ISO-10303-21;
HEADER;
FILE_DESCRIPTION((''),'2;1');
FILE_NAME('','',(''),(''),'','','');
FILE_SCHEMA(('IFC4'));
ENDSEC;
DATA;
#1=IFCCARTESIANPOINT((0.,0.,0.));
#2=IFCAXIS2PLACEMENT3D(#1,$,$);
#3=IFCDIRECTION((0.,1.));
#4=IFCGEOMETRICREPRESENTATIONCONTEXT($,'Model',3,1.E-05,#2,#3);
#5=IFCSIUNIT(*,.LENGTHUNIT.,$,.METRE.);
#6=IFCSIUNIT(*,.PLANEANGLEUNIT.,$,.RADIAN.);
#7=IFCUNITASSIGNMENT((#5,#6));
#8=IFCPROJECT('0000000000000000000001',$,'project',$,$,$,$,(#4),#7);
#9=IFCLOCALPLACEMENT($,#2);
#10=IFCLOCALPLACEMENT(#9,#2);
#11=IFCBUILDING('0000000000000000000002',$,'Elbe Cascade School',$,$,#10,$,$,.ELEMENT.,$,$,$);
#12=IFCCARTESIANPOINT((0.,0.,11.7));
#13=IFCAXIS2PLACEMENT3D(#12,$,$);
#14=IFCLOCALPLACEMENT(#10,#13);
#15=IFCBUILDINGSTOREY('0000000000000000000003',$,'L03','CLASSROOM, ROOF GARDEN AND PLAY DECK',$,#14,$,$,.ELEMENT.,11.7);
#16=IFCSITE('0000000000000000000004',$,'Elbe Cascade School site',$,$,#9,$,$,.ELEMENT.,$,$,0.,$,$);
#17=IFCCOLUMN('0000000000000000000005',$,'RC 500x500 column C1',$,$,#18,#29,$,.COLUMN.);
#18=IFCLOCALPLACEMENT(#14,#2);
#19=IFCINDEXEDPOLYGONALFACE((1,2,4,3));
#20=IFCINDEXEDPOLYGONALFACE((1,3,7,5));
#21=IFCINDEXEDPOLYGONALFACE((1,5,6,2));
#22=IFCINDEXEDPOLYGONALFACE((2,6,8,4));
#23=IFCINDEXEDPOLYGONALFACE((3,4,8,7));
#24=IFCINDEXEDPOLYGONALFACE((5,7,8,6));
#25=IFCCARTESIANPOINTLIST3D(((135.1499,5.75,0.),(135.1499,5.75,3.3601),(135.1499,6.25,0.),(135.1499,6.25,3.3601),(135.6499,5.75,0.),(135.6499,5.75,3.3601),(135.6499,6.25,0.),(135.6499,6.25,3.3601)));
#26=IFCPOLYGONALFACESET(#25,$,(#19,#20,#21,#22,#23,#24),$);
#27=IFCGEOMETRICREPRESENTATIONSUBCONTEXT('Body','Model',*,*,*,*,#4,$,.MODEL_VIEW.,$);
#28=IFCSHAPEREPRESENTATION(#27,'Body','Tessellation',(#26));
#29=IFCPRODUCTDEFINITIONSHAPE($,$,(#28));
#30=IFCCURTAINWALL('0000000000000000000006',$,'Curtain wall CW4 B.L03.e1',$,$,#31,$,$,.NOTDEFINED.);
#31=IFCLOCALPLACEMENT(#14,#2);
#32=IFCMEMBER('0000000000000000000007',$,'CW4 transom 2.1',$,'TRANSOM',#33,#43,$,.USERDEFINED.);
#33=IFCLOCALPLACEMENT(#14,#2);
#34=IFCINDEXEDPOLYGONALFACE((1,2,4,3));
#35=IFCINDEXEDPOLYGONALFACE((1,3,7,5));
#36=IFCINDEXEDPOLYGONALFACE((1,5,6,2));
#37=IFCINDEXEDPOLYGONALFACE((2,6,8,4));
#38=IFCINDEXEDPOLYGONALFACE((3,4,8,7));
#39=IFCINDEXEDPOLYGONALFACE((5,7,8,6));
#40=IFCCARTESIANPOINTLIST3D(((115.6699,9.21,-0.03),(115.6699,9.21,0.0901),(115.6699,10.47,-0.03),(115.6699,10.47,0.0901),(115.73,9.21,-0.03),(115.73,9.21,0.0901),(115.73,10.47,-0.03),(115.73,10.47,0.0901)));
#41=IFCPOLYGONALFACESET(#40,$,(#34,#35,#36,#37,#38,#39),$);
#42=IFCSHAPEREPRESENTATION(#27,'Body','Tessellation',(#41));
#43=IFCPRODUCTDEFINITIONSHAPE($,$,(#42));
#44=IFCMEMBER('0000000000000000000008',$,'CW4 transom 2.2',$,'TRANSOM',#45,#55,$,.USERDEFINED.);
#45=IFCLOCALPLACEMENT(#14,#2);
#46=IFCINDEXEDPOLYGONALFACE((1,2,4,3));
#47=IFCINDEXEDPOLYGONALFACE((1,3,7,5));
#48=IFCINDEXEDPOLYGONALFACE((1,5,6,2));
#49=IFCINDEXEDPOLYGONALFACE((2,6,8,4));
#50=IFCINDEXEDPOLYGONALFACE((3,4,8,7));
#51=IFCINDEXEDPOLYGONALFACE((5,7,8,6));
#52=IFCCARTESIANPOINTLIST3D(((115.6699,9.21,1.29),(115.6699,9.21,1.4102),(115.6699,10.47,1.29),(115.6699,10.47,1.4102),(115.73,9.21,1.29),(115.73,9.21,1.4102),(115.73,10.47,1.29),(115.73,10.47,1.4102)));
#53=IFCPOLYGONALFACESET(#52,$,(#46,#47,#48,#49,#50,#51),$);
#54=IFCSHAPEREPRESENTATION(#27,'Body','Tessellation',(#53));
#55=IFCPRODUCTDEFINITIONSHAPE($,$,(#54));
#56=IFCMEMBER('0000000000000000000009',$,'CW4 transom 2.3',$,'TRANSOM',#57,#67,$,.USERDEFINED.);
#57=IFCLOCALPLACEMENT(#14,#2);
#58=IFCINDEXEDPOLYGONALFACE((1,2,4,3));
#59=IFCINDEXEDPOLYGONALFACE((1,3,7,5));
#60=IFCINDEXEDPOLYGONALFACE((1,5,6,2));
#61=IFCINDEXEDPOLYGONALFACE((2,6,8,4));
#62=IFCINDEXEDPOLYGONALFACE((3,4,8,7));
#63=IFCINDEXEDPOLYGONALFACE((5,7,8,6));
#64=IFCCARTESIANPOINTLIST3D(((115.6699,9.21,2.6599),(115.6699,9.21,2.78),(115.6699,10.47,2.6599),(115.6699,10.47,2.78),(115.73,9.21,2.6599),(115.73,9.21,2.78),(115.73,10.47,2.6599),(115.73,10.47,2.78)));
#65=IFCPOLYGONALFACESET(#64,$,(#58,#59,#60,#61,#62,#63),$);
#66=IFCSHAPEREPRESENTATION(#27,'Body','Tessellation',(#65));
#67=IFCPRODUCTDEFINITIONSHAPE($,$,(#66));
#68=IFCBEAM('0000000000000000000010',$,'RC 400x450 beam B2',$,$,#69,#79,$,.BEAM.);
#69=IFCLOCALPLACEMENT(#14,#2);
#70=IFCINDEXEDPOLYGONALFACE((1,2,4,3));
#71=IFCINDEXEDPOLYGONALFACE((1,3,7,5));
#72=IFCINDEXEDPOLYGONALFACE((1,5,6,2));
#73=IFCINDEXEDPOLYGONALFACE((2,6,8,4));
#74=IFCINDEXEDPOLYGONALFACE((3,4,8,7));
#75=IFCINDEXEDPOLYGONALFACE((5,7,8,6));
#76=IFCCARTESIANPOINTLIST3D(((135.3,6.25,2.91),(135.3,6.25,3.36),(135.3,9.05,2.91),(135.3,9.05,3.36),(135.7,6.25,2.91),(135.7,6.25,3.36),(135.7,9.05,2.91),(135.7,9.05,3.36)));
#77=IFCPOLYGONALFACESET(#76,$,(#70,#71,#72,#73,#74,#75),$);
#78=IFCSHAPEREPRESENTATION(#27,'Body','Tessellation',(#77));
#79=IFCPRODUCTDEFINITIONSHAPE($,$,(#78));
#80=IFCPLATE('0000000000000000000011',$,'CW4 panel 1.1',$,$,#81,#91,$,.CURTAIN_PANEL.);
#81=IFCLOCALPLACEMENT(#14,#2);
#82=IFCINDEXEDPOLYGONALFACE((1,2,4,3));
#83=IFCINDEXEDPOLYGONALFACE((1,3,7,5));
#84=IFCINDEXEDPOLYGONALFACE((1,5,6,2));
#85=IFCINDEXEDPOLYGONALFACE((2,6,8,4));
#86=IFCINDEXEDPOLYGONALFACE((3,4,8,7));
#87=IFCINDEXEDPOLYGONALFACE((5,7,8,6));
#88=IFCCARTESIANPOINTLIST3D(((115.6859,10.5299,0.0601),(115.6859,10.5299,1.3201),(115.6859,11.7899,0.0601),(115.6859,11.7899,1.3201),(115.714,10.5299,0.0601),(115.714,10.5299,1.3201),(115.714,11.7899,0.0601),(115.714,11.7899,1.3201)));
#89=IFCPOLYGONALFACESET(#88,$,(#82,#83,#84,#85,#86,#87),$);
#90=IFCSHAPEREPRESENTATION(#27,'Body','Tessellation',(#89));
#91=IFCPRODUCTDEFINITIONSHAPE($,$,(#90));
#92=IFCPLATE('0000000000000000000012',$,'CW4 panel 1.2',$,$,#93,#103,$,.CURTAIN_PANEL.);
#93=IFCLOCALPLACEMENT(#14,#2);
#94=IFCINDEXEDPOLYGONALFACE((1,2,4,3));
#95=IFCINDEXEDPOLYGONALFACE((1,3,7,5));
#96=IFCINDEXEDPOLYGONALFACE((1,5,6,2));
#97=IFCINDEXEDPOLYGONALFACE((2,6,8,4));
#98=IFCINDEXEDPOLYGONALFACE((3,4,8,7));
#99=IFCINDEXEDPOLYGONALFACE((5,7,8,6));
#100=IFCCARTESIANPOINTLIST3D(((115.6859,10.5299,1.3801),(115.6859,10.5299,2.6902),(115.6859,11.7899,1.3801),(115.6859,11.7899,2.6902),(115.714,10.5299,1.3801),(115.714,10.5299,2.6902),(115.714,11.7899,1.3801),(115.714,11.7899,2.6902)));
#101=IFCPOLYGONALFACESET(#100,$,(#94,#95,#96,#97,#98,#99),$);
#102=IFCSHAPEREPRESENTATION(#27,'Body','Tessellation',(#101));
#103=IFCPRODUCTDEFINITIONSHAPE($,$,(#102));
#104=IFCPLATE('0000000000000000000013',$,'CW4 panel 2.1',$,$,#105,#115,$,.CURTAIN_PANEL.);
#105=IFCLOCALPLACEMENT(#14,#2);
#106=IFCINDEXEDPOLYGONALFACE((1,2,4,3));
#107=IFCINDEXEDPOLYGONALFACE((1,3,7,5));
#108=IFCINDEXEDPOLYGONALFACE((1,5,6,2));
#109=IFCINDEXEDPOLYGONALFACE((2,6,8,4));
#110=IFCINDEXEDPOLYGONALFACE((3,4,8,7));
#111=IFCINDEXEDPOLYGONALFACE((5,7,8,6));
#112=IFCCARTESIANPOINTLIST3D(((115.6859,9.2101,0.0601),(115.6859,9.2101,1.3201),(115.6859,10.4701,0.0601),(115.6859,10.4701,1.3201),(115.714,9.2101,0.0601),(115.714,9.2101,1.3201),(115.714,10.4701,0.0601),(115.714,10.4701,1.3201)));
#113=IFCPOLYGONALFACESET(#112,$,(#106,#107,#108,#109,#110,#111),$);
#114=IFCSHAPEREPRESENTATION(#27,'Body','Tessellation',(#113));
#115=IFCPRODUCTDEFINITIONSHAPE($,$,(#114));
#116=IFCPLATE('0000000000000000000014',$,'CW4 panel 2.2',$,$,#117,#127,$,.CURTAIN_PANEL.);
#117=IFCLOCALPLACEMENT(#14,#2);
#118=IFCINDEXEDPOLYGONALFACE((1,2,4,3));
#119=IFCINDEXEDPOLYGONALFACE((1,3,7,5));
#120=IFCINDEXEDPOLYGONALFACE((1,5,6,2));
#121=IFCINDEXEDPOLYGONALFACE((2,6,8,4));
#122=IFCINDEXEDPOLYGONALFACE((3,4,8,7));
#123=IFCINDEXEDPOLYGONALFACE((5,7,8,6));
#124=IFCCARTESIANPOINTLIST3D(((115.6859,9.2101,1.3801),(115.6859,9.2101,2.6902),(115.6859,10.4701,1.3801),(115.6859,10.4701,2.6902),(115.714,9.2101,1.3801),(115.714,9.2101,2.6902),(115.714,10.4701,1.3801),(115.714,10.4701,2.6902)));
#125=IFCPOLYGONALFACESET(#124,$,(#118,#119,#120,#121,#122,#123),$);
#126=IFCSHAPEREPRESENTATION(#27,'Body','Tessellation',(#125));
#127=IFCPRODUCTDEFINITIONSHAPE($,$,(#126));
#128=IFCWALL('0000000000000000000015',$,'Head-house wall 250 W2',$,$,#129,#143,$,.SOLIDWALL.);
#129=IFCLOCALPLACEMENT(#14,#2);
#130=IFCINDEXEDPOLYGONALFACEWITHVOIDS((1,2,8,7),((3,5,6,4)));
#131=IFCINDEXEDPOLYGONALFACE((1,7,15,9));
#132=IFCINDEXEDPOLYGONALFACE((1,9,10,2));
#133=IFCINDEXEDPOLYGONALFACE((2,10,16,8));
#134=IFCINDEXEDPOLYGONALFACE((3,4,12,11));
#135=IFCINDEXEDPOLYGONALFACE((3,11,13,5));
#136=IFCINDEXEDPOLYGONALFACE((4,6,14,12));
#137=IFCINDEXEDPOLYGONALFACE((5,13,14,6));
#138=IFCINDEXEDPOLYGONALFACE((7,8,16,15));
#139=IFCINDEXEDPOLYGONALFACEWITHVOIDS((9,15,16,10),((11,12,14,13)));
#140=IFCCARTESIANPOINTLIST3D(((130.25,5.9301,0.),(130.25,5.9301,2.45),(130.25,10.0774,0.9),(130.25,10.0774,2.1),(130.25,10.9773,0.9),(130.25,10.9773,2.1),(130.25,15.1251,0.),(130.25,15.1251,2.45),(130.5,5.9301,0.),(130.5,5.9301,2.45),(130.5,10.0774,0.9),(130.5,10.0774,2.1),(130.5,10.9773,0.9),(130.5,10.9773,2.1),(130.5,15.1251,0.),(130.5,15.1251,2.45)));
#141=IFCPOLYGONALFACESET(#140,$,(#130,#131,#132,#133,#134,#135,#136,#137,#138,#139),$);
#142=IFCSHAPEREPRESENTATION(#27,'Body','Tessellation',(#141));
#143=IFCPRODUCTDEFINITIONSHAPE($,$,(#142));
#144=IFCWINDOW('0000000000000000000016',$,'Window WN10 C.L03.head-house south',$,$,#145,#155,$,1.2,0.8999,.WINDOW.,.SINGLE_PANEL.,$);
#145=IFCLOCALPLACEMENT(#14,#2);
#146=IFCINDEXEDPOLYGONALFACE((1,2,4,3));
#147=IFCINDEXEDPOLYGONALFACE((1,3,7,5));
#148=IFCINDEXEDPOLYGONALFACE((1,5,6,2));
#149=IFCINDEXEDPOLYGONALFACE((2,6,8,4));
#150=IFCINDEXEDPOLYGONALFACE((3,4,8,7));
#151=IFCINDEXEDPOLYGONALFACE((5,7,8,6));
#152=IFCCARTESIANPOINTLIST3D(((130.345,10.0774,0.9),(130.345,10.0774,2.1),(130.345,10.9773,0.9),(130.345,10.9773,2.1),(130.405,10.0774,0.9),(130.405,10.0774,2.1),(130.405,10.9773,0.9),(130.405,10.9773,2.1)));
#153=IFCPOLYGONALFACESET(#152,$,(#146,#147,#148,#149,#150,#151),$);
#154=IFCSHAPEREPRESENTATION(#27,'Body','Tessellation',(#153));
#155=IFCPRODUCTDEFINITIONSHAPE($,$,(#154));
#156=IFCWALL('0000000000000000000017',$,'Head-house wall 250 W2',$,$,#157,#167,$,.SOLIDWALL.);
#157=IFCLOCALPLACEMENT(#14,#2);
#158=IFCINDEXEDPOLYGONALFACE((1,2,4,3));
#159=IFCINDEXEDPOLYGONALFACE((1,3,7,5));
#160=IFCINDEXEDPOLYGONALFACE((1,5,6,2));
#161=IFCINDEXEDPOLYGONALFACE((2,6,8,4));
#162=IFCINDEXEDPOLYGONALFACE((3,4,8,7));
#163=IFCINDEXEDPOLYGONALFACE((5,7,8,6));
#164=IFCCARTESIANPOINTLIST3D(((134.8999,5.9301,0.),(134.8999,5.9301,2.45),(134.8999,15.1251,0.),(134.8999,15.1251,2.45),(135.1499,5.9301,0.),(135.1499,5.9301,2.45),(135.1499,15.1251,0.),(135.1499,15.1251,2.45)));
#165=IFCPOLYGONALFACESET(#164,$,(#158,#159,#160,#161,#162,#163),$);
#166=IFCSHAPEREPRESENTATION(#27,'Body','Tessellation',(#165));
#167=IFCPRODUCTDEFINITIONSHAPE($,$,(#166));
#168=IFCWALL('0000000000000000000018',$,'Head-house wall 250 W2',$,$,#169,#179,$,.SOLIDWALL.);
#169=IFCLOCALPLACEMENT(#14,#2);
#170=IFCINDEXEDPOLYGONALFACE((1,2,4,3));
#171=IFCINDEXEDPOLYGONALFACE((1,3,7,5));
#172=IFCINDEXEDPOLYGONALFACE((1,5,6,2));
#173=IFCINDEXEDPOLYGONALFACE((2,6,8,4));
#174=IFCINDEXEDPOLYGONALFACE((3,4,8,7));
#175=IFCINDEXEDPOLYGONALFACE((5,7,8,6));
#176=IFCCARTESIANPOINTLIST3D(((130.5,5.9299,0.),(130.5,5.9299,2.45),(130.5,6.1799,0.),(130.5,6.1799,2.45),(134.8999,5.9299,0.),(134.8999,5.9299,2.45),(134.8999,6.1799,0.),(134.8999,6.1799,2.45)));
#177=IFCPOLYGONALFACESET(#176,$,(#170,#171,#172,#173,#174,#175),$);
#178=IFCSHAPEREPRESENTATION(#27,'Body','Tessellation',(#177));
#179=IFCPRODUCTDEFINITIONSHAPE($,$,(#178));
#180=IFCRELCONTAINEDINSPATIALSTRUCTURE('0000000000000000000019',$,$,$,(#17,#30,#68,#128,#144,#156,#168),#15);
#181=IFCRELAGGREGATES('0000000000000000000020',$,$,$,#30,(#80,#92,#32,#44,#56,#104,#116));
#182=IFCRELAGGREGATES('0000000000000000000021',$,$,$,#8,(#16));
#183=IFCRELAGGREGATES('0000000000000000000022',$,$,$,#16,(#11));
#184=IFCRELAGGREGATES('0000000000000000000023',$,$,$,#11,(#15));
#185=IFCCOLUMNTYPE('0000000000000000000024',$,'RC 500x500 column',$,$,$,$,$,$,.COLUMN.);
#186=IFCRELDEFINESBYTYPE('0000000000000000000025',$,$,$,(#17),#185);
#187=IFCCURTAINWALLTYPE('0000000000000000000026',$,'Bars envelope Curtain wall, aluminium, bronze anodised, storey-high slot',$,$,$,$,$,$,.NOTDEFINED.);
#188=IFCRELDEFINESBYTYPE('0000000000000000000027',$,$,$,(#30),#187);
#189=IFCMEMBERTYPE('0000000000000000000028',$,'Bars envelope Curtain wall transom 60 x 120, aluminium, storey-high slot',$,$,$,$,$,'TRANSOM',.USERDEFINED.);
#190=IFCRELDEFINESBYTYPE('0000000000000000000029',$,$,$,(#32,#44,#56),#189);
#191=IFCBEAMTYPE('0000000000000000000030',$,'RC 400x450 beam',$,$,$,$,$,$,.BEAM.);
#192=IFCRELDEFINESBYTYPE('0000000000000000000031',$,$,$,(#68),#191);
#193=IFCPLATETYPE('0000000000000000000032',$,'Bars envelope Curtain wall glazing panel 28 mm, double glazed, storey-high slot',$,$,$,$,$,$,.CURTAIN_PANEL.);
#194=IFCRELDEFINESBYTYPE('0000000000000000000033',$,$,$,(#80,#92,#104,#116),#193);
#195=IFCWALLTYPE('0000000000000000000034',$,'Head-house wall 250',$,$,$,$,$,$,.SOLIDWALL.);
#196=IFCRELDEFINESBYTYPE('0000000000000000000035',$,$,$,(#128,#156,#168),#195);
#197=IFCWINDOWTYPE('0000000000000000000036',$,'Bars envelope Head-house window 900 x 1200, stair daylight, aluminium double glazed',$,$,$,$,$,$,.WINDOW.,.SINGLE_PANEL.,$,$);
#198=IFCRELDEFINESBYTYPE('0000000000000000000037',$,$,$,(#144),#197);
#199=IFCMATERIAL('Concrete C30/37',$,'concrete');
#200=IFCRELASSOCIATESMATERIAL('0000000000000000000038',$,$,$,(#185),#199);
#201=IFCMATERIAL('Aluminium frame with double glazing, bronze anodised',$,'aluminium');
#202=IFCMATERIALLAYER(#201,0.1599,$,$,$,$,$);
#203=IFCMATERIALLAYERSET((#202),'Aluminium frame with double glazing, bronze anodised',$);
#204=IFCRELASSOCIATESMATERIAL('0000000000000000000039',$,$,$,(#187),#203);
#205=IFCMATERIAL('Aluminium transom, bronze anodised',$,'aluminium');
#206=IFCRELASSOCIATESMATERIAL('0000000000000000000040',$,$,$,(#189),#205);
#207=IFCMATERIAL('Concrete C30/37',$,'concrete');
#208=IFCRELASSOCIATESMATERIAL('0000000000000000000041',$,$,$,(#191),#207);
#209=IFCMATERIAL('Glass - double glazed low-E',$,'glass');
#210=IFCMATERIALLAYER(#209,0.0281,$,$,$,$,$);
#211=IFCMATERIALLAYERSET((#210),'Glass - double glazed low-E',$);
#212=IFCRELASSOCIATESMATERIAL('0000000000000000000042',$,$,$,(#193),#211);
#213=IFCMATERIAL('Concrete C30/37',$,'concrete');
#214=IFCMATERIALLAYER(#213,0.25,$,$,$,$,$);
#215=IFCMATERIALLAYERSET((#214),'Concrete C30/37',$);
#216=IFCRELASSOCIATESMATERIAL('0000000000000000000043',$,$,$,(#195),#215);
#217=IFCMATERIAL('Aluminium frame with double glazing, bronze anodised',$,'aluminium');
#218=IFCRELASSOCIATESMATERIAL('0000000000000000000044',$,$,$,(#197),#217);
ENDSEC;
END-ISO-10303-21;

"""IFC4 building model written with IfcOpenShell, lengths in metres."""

from ifc_helpers import new_model, si_unit, direction, frame, frame_2d, origin, origin_2d, place, context, subcontext, project, spatial, rectangle, extrude, material, layer, layer_set, material_profile, profile_set, type_object, element, fill, aggregate, save


model = new_model("IFC4")

# Units and contexts
model_context = context("Model", 3, precision=1e-05, world=origin(), true_north=direction((0.0, 1.0)))
body_context = subcontext(model_context, "Body", "Model", "MODEL_VIEW")
ifc_project = project(units=[si_unit("LENGTHUNIT", "METRE"), si_unit("PLANEANGLEUNIT", "RADIAN")], contexts=[model_context])

# Site, building, storey
site_placement = place(None, origin())
site = spatial("IfcSite", under=ifc_project, at=site_placement, Name="Elbe Cascade School site", CompositionType="ELEMENT", RefElevation=0.0)
building_placement = place(site_placement, origin())
building = spatial("IfcBuilding", under=site, at=building_placement, Name="Elbe Cascade School", CompositionType="ELEMENT")
storey_placement = place(building_placement, frame((0.0, 0.0, 11.7)))
storey = spatial("IfcBuildingStorey", under=building, at=storey_placement, Name="L03", Description="CLASSROOM, ROOF GARDEN AND PLAY DECK", CompositionType="ELEMENT", Elevation=11.7)

# Column
ifc_material_1 = material(Name="Concrete C30/37", Category="concrete")
ifc_material_profile_1 = material_profile(ifc_material_1, rectangle(XDim=0.5, YDim=0.5, at=origin_2d()), Name="RC 500x500")
ifc_profile_set_1 = profile_set([ifc_material_profile_1], Name="Concrete C30/37")
column_type = type_object("IfcColumnType", Name="RC 500x500 column", PredefinedType="COLUMN", material=ifc_profile_set_1)
column_placement = place(storey_placement, frame((135.3999, 6.0, 0.0), z_axis=(0.0, 0.0, 1.0), x_axis=(1.0, 0.0, 0.0)))
element("IfcColumn", 1, at=column_placement, inside=storey, type_object=column_type, Name="RC 500x500 column C1", PredefinedType="COLUMN", context=body_context, shape_type="SweptSolid", body=[
    extrude(rectangle(XDim=0.5, YDim=0.5, at=origin_2d()), origin(), (0.0, 0.0, 1.0), 3.3601),
])

# Curtain wall, members
ifc_material_2 = material(Name="Aluminium frame with double glazing, bronze anodised", Category="aluminium")
ifc_layer_1 = layer(ifc_material_2, 0.1599)
ifc_layer_set_1 = layer_set([ifc_layer_1], Name="Aluminium frame with double glazing, bronze anodised")
curtain_wall_type = type_object("IfcCurtainWallType", Name="Bars envelope Curtain wall, aluminium, bronze anodised, storey-high slot", PredefinedType="NOTDEFINED", material=ifc_layer_set_1)
curtain_wall_placement = place(storey_placement, origin())
curtain_wall = element("IfcCurtainWall", 2, at=curtain_wall_placement, inside=storey, type_object=curtain_wall_type, Name="Curtain wall CW4 B.L03.e1", PredefinedType="NOTDEFINED")
ifc_material_3 = material(Name="Aluminium transom, bronze anodised", Category="aluminium")
ifc_material_profile_2 = material_profile(ifc_material_3, rectangle(XDim=0.0601, YDim=0.1201, at=origin_2d()), Name="Bars envelope Curtain wall transom 60 x 120, aluminium, storey-high slot")
ifc_profile_set_2 = profile_set([ifc_material_profile_2], Name="Aluminium transom, bronze anodised")
member_type = type_object("IfcMemberType", Name="Bars envelope Curtain wall transom 60 x 120, aluminium, storey-high slot", ElementType="TRANSOM", PredefinedType="USERDEFINED", material=ifc_profile_set_2)
member_1_placement = place(storey_placement, frame((115.7, 10.47, 0.03), z_axis=(0.0, -1.0, 0.0), x_axis=(1.0, 0.0, 0.0)))
member_1 = element("IfcMember", 3, at=member_1_placement, type_object=member_type, Name="CW4 transom 2.1", ObjectType="TRANSOM", PredefinedType="USERDEFINED", context=body_context, shape_type="SweptSolid", body=[
    extrude(rectangle(XDim=0.0601, YDim=0.1201, at=origin_2d()), origin(), (0.0, 0.0, 1.0), 1.26),
])
member_2_placement = place(storey_placement, frame((115.7, 10.47, 1.3501), z_axis=(0.0, -1.0, 0.0), x_axis=(1.0, 0.0, 0.0)))
member_2 = element("IfcMember", 4, at=member_2_placement, type_object=member_type, Name="CW4 transom 2.2", ObjectType="TRANSOM", PredefinedType="USERDEFINED", context=body_context, shape_type="SweptSolid", body=[
    extrude(rectangle(XDim=0.0601, YDim=0.1201, at=origin_2d()), origin(), (0.0, 0.0, 1.0), 1.26),
])
member_3_placement = place(storey_placement, frame((115.7, 10.47, 2.72), z_axis=(0.0, -1.0, 0.0), x_axis=(1.0, 0.0, 0.0)))
member_3 = element("IfcMember", 5, at=member_3_placement, type_object=member_type, Name="CW4 transom 2.3", ObjectType="TRANSOM", PredefinedType="USERDEFINED", context=body_context, shape_type="SweptSolid", body=[
    extrude(rectangle(XDim=0.0601, YDim=0.1201, at=origin_2d()), origin(), (0.0, 0.0, 1.0), 1.26),
])

# Beam
ifc_material_4 = material(Name="Concrete C30/37", Category="concrete")
ifc_material_profile_3 = material_profile(ifc_material_4, rectangle(XDim=0.3999, YDim=0.45, at=origin_2d()), Name="RC 400x450")
ifc_profile_set_3 = profile_set([ifc_material_profile_3], Name="Concrete C30/37")
beam_type = type_object("IfcBeamType", Name="RC 400x450 beam", PredefinedType="BEAM", material=ifc_profile_set_3)
beam_placement = place(storey_placement, frame((135.5, 6.25, 3.135), z_axis=(0.0, 1.0, 0.0), x_axis=(-1.0, 0.0, 0.0)))
element("IfcBeam", 6, at=beam_placement, inside=storey, type_object=beam_type, Name="RC 400x450 beam B2", PredefinedType="BEAM", context=body_context, shape_type="SweptSolid", body=[
    extrude(rectangle(XDim=0.3999, YDim=0.45, at=origin_2d()), origin(), (0.0, 0.0, 1.0), 2.8),
])

# Plates
ifc_material_5 = material(Name="Glass - double glazed low-E", Category="glass")
ifc_layer_2 = layer(ifc_material_5, 0.0281)
ifc_layer_set_2 = layer_set([ifc_layer_2], Name="Glass - double glazed low-E")
plate_type = type_object("IfcPlateType", Name="Bars envelope Curtain wall glazing panel 28 mm, double glazed, storey-high slot", PredefinedType="CURTAIN_PANEL", material=ifc_layer_set_2)
plate_1_placement = place(storey_placement, frame((115.7, 11.1599, 0.0601), z_axis=(0.0, 0.0, 1.0), x_axis=(0.0, -1.0, 0.0)))
plate_1 = element("IfcPlate", 7, at=plate_1_placement, type_object=plate_type, Name="CW4 panel 1.1", PredefinedType="CURTAIN_PANEL", context=body_context, shape_type="SweptSolid", body=[
    extrude(rectangle(XDim=1.26, YDim=0.0281, at=origin_2d()), origin(), (0.0, 0.0, 1.0), 1.26),
])
plate_2_placement = place(storey_placement, frame((115.7, 11.1599, 1.3801), z_axis=(0.0, 0.0, 1.0), x_axis=(0.0, -1.0, 0.0)))
plate_2 = element("IfcPlate", 8, at=plate_2_placement, type_object=plate_type, Name="CW4 panel 1.2", PredefinedType="CURTAIN_PANEL", context=body_context, shape_type="SweptSolid", body=[
    extrude(rectangle(XDim=1.26, YDim=0.0281, at=origin_2d()), origin(), (0.0, 0.0, 1.0), 1.3101),
])
plate_3_placement = place(storey_placement, frame((115.7, 9.8401, 0.0601), z_axis=(0.0, 0.0, 1.0), x_axis=(0.0, -1.0, 0.0)))
plate_3 = element("IfcPlate", 9, at=plate_3_placement, type_object=plate_type, Name="CW4 panel 2.1", PredefinedType="CURTAIN_PANEL", context=body_context, shape_type="SweptSolid", body=[
    extrude(rectangle(XDim=1.26, YDim=0.0281, at=origin_2d()), origin(), (0.0, 0.0, 1.0), 1.26),
])
plate_4_placement = place(storey_placement, frame((115.7, 9.8401, 1.3801), z_axis=(0.0, 0.0, 1.0), x_axis=(0.0, -1.0, 0.0)))
plate_4 = element("IfcPlate", 10, at=plate_4_placement, type_object=plate_type, Name="CW4 panel 2.2", PredefinedType="CURTAIN_PANEL", context=body_context, shape_type="SweptSolid", body=[
    extrude(rectangle(XDim=1.26, YDim=0.0281, at=origin_2d()), origin(), (0.0, 0.0, 1.0), 1.3101),
])
aggregate(curtain_wall, [plate_1, plate_2, member_1, member_2, member_3, plate_3, plate_4])

# Wall, opening, window
ifc_material_6 = material(Name="Concrete C30/37", Category="concrete")
ifc_layer_3 = layer(ifc_material_6, 0.25)
ifc_layer_set_3 = layer_set([ifc_layer_3], Name="Concrete C30/37")
wall_type = type_object("IfcWallType", Name="Head-house wall 250", PredefinedType="SOLIDWALL", material=ifc_layer_set_3)
wall_1_placement = place(storey_placement, frame((130.375, 5.9299, 0.0), z_axis=(0.0, 0.0, 1.0), x_axis=(0.0, 1.0, 0.0)))
wall_1 = element("IfcWall", 11, at=wall_1_placement, inside=storey, type_object=wall_type, Name="Head-house wall 250 W2", PredefinedType="SOLIDWALL", context=body_context, shape_type="SweptSolid", body=[
    extrude(rectangle(XDim=9.1951, YDim=0.25, at=frame_2d((4.5977, 0.0))), origin(), (0.0, 0.0, 1.0), 2.45),
])
opening_placement = place(wall_1_placement, frame((4.1475, 0.0, 0.8999)))
opening = element("IfcOpeningElement", 12, at=opening_placement, cuts=wall_1, PredefinedType="OPENING", context=body_context, shape_type="SweptSolid", body=[
    extrude(rectangle(XDim=0.8999, YDim=1.2, at=frame_2d((0.45, 0.6001))), frame((0.0, 0.135, 0.0), z_axis=(0.0, -1.0, 0.0), x_axis=(1.0, 0.0, 0.0)), (0.0, 0.0, 1.0), 0.27),
])
ifc_material_7 = material(Name="Aluminium frame with double glazing, bronze anodised", Category="aluminium")
window_type = type_object("IfcWindowType", Name="Bars envelope Head-house window 900 x 1200, stair daylight, aluminium double glazed", PartitioningType="SINGLE_PANEL", PredefinedType="WINDOW", material=ifc_material_7)
window_placement = place(opening_placement, origin())
window = element("IfcWindow", 13, at=window_placement, inside=storey, type_object=window_type, Name="Window WN10 C.L03.head-house south", OverallHeight=1.2, OverallWidth=0.8999, PartitioningType="SINGLE_PANEL", PredefinedType="WINDOW", context=body_context, shape_type="SweptSolid", body=[
    extrude(rectangle(XDim=0.8999, YDim=1.2, at=frame_2d((0.45, 0.6001))), frame((0.0, 0.03, 0.0), z_axis=(0.0, -1.0, 0.0), x_axis=(1.0, 0.0, 0.0)), (0.0, 0.0, 1.0), 0.0601),
])
fill(opening, window)

# Walls
wall_2_placement = place(storey_placement, frame((135.0249, 5.9299, 0.0), z_axis=(0.0, 0.0, 1.0), x_axis=(0.0, 1.0, 0.0)))
element("IfcWall", 14, at=wall_2_placement, inside=storey, type_object=wall_type, Name="Head-house wall 250 W2", PredefinedType="SOLIDWALL", context=body_context, shape_type="SweptSolid", body=[
    extrude(rectangle(XDim=9.1951, YDim=0.25, at=frame_2d((4.5977, 0.0))), origin(), (0.0, 0.0, 1.0), 2.45),
])
wall_3_placement = place(storey_placement, frame((130.5, 6.0549, 0.0), z_axis=(0.0, 0.0, 1.0), x_axis=(1.0, 0.0, 0.0)))
element("IfcWall", 15, at=wall_3_placement, inside=storey, type_object=wall_type, Name="Head-house wall 250 W2", PredefinedType="SOLIDWALL", context=body_context, shape_type="SweptSolid", body=[
    extrude(rectangle(XDim=4.3999, YDim=0.25, at=frame_2d((2.2, 0.0))), origin(), (0.0, 0.0, 1.0), 2.45),
])

save(model, "model.ifc")
